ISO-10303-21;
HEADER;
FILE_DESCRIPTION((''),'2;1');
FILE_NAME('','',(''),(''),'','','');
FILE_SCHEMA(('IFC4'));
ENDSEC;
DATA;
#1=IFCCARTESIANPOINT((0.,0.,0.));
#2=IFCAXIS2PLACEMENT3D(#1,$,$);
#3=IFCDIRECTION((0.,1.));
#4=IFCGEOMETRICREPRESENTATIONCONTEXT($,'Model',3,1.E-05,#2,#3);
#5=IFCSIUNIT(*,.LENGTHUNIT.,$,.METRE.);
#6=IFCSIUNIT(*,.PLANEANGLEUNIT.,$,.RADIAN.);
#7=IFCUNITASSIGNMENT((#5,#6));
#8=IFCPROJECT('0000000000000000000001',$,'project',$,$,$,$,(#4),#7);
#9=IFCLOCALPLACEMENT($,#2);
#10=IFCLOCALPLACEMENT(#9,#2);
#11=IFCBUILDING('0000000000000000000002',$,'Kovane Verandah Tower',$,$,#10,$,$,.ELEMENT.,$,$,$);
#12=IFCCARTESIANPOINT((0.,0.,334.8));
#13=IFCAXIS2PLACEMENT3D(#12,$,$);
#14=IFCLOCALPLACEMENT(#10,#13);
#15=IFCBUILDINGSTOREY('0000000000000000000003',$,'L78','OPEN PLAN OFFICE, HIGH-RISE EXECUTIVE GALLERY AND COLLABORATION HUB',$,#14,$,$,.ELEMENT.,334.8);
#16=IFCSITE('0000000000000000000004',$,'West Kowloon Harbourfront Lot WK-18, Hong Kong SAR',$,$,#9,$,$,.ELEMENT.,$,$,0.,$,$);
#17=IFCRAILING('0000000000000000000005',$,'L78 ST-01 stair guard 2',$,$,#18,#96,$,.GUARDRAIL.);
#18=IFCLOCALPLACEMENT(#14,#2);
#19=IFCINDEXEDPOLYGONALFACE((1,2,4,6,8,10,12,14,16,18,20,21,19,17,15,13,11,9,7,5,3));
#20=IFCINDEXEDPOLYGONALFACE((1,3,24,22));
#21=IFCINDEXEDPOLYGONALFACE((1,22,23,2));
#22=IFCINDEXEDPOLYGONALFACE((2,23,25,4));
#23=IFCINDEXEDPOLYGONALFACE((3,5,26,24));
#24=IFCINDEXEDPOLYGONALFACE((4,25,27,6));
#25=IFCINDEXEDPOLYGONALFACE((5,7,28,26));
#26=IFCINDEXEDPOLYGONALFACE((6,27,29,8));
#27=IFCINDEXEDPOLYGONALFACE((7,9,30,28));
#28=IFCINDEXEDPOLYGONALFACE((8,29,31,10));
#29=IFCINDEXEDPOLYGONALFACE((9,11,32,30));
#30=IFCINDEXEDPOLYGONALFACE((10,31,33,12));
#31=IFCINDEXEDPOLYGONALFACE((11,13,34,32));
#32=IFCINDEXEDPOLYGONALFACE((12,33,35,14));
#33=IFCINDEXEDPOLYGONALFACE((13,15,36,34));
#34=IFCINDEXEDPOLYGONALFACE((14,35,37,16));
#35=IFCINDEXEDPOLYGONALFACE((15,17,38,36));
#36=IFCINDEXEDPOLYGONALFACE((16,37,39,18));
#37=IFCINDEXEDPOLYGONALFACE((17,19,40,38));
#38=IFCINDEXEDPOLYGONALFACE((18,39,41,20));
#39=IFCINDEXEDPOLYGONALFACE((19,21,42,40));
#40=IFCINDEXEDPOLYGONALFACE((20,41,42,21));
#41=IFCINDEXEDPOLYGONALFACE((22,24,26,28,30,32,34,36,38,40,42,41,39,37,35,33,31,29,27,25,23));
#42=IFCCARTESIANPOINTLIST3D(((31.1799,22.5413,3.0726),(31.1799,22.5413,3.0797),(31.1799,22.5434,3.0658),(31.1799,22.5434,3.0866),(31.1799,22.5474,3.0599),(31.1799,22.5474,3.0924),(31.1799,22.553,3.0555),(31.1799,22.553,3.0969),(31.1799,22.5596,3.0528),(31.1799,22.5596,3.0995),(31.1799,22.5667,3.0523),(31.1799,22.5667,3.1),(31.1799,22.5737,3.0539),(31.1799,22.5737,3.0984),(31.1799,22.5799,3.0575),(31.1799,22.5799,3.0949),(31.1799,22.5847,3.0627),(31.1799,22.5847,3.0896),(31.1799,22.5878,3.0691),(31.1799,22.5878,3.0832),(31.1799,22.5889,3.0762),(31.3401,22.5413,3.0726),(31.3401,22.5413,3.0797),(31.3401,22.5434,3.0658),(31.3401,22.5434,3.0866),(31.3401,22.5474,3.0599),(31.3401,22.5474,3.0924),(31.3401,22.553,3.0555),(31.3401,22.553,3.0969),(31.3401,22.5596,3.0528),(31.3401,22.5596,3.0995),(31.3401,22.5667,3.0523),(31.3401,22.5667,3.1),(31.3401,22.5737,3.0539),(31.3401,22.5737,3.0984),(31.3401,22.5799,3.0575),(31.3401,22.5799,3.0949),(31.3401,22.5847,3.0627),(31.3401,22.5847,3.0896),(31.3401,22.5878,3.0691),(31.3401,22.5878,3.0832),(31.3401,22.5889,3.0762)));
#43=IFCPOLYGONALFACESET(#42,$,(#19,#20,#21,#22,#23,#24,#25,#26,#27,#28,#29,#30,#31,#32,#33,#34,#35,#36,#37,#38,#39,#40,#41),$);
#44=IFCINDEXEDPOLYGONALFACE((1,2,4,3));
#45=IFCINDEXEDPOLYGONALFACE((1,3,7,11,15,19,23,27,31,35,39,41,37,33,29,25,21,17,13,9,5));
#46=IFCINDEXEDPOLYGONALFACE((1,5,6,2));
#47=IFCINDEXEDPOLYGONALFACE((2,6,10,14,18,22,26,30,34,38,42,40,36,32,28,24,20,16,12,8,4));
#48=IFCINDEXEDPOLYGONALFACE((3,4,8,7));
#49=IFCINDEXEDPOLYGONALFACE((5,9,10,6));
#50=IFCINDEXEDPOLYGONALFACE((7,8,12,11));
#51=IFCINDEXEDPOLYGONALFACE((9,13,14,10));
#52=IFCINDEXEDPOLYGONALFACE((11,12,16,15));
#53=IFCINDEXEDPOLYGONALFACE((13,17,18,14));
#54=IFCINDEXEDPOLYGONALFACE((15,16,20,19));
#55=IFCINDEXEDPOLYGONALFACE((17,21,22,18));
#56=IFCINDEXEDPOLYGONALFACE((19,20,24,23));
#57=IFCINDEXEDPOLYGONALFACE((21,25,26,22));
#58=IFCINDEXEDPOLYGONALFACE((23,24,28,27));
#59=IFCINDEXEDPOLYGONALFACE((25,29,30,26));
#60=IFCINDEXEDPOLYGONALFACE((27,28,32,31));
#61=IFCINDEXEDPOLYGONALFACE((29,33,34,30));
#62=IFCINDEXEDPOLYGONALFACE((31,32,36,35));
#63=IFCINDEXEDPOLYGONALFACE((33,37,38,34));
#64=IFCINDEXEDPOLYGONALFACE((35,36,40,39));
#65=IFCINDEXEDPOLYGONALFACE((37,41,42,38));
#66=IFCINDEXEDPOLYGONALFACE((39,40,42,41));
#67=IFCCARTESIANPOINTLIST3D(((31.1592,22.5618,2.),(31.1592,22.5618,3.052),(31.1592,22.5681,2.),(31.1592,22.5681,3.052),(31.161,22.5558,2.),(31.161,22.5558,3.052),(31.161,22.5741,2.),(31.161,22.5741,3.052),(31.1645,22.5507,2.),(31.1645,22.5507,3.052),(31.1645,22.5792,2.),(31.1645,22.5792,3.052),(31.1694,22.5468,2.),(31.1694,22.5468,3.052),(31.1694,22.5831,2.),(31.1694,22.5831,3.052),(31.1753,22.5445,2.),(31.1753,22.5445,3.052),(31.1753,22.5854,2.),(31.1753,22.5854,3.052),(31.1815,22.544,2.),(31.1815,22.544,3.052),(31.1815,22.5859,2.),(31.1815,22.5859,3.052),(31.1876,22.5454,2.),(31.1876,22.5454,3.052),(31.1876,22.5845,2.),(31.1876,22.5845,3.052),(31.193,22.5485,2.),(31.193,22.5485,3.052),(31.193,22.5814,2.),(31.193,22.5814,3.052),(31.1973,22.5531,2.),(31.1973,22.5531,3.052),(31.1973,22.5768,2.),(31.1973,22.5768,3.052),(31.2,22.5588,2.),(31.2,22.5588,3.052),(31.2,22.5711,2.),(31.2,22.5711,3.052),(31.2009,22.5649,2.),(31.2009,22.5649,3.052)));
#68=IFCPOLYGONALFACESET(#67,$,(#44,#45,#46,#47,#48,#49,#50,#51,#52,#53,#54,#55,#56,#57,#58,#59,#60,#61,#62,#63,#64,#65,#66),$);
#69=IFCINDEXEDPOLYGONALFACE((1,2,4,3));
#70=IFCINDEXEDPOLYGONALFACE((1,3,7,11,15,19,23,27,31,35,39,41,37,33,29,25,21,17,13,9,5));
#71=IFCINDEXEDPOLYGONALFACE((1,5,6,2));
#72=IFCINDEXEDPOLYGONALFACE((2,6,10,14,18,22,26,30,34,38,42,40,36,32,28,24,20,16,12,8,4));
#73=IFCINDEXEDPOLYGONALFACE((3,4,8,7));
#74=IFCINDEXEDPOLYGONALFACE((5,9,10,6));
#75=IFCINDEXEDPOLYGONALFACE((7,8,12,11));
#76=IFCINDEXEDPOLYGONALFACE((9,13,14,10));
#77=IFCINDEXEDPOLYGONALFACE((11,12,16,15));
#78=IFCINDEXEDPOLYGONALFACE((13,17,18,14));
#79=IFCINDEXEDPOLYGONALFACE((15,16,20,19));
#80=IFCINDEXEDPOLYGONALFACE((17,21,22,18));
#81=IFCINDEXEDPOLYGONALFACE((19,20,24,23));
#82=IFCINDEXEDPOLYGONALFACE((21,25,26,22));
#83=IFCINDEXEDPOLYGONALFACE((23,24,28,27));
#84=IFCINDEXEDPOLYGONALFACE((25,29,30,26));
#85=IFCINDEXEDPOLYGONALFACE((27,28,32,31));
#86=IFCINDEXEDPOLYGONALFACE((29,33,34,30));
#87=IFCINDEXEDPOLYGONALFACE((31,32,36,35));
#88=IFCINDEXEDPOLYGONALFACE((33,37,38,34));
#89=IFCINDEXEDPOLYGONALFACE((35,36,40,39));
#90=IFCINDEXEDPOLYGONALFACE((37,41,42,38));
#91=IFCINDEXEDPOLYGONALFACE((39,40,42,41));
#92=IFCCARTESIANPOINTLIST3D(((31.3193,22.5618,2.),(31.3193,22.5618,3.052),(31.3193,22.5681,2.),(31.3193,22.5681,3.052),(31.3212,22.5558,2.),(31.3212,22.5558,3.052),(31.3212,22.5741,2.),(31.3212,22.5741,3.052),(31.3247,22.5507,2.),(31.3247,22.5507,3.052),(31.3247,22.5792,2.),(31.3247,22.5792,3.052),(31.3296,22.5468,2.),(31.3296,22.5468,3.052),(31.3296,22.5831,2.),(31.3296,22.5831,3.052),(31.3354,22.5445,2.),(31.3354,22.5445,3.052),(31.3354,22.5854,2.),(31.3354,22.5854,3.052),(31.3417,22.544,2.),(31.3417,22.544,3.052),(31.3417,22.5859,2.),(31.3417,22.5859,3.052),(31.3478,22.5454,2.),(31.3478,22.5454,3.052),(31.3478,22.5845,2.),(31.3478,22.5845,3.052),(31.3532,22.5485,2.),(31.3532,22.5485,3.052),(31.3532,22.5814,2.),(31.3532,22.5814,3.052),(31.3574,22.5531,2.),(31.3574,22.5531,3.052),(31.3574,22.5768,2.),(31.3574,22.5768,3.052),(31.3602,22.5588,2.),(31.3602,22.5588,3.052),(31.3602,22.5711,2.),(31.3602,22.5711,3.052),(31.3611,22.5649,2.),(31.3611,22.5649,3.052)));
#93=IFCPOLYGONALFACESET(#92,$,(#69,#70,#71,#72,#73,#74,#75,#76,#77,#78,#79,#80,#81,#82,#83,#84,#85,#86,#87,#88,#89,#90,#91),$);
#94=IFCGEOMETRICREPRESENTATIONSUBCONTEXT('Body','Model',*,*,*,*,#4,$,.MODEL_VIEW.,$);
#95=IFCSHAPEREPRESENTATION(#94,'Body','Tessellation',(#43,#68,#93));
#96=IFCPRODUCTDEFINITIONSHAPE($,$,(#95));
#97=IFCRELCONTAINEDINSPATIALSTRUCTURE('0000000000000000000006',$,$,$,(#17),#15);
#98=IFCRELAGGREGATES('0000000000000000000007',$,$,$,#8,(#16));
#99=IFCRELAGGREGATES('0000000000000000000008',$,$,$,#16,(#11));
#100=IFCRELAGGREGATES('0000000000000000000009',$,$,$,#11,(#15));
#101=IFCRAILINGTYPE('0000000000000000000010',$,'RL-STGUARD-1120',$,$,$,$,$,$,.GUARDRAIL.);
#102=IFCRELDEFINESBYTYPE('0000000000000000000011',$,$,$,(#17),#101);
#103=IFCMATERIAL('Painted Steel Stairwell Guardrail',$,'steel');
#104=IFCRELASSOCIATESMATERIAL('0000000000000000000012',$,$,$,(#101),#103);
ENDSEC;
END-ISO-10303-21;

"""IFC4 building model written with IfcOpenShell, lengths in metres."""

from ifc_helpers import new_model, si_unit, direction, frame, origin, origin_2d, place, context, subcontext, project, spatial, circle, extrude, material, type_object, element, save


model = new_model("IFC4")

# Units and contexts
model_context = context("Model", 3, precision=1e-05, world=origin(), true_north=direction((0.0, 1.0)))
body_context = subcontext(model_context, "Body", "Model", "MODEL_VIEW")
ifc_project = project(units=[si_unit("LENGTHUNIT", "METRE"), si_unit("PLANEANGLEUNIT", "RADIAN")], contexts=[model_context])

# Site, building, storey
site_placement = place(None, origin())
site = spatial("IfcSite", under=ifc_project, at=site_placement, Name="West Kowloon Harbourfront Lot WK-18, Hong Kong SAR", CompositionType="ELEMENT", RefElevation=0.0)
building_placement = place(site_placement, origin())
building = spatial("IfcBuilding", under=site, at=building_placement, Name="Kovane Verandah Tower", CompositionType="ELEMENT")
storey_placement = place(building_placement, frame((0.0, 0.0, 334.8)))
storey = spatial("IfcBuildingStorey", under=building, at=storey_placement, Name="L78", Description="OPEN PLAN OFFICE, HIGH-RISE EXECUTIVE GALLERY AND COLLABORATION HUB", CompositionType="ELEMENT", Elevation=334.8)

# Railing
ifc_material_1 = material(Name="Painted Steel Stairwell Guardrail", Category="steel")
railing_type_1 = type_object("IfcRailingType", Name="RL-STGUARD-1120", PredefinedType="GUARDRAIL", material=ifc_material_1)
railing_1_placement = place(storey_placement, frame((31.1799, 22.5649, 2.0)))
element("IfcRailing", 1, at=railing_1_placement, inside=storey, type_object=railing_type_1, Name="L78 ST-01 stair guard 2", PredefinedType="GUARDRAIL", context=body_context, shape_type="SweptSolid", body=[
    extrude(circle(Radius=0.0239, at=origin_2d()), frame((0.0, 0.0, 1.0762), z_axis=(1.0, 0.0, 0.0), x_axis=(0.0, 1.0, 0.0)), (0.0, 0.0, 1.0), 0.1602),
    extrude(circle(Radius=0.021, at=origin_2d()), origin(), (0.0, 0.0, 1.0), 1.052),
    extrude(circle(Radius=0.021, at=origin_2d()), frame((0.1602, 0.0, 0.0)), (0.0, 0.0, 1.0), 1.052),
])

save(model, "model.ifc")
